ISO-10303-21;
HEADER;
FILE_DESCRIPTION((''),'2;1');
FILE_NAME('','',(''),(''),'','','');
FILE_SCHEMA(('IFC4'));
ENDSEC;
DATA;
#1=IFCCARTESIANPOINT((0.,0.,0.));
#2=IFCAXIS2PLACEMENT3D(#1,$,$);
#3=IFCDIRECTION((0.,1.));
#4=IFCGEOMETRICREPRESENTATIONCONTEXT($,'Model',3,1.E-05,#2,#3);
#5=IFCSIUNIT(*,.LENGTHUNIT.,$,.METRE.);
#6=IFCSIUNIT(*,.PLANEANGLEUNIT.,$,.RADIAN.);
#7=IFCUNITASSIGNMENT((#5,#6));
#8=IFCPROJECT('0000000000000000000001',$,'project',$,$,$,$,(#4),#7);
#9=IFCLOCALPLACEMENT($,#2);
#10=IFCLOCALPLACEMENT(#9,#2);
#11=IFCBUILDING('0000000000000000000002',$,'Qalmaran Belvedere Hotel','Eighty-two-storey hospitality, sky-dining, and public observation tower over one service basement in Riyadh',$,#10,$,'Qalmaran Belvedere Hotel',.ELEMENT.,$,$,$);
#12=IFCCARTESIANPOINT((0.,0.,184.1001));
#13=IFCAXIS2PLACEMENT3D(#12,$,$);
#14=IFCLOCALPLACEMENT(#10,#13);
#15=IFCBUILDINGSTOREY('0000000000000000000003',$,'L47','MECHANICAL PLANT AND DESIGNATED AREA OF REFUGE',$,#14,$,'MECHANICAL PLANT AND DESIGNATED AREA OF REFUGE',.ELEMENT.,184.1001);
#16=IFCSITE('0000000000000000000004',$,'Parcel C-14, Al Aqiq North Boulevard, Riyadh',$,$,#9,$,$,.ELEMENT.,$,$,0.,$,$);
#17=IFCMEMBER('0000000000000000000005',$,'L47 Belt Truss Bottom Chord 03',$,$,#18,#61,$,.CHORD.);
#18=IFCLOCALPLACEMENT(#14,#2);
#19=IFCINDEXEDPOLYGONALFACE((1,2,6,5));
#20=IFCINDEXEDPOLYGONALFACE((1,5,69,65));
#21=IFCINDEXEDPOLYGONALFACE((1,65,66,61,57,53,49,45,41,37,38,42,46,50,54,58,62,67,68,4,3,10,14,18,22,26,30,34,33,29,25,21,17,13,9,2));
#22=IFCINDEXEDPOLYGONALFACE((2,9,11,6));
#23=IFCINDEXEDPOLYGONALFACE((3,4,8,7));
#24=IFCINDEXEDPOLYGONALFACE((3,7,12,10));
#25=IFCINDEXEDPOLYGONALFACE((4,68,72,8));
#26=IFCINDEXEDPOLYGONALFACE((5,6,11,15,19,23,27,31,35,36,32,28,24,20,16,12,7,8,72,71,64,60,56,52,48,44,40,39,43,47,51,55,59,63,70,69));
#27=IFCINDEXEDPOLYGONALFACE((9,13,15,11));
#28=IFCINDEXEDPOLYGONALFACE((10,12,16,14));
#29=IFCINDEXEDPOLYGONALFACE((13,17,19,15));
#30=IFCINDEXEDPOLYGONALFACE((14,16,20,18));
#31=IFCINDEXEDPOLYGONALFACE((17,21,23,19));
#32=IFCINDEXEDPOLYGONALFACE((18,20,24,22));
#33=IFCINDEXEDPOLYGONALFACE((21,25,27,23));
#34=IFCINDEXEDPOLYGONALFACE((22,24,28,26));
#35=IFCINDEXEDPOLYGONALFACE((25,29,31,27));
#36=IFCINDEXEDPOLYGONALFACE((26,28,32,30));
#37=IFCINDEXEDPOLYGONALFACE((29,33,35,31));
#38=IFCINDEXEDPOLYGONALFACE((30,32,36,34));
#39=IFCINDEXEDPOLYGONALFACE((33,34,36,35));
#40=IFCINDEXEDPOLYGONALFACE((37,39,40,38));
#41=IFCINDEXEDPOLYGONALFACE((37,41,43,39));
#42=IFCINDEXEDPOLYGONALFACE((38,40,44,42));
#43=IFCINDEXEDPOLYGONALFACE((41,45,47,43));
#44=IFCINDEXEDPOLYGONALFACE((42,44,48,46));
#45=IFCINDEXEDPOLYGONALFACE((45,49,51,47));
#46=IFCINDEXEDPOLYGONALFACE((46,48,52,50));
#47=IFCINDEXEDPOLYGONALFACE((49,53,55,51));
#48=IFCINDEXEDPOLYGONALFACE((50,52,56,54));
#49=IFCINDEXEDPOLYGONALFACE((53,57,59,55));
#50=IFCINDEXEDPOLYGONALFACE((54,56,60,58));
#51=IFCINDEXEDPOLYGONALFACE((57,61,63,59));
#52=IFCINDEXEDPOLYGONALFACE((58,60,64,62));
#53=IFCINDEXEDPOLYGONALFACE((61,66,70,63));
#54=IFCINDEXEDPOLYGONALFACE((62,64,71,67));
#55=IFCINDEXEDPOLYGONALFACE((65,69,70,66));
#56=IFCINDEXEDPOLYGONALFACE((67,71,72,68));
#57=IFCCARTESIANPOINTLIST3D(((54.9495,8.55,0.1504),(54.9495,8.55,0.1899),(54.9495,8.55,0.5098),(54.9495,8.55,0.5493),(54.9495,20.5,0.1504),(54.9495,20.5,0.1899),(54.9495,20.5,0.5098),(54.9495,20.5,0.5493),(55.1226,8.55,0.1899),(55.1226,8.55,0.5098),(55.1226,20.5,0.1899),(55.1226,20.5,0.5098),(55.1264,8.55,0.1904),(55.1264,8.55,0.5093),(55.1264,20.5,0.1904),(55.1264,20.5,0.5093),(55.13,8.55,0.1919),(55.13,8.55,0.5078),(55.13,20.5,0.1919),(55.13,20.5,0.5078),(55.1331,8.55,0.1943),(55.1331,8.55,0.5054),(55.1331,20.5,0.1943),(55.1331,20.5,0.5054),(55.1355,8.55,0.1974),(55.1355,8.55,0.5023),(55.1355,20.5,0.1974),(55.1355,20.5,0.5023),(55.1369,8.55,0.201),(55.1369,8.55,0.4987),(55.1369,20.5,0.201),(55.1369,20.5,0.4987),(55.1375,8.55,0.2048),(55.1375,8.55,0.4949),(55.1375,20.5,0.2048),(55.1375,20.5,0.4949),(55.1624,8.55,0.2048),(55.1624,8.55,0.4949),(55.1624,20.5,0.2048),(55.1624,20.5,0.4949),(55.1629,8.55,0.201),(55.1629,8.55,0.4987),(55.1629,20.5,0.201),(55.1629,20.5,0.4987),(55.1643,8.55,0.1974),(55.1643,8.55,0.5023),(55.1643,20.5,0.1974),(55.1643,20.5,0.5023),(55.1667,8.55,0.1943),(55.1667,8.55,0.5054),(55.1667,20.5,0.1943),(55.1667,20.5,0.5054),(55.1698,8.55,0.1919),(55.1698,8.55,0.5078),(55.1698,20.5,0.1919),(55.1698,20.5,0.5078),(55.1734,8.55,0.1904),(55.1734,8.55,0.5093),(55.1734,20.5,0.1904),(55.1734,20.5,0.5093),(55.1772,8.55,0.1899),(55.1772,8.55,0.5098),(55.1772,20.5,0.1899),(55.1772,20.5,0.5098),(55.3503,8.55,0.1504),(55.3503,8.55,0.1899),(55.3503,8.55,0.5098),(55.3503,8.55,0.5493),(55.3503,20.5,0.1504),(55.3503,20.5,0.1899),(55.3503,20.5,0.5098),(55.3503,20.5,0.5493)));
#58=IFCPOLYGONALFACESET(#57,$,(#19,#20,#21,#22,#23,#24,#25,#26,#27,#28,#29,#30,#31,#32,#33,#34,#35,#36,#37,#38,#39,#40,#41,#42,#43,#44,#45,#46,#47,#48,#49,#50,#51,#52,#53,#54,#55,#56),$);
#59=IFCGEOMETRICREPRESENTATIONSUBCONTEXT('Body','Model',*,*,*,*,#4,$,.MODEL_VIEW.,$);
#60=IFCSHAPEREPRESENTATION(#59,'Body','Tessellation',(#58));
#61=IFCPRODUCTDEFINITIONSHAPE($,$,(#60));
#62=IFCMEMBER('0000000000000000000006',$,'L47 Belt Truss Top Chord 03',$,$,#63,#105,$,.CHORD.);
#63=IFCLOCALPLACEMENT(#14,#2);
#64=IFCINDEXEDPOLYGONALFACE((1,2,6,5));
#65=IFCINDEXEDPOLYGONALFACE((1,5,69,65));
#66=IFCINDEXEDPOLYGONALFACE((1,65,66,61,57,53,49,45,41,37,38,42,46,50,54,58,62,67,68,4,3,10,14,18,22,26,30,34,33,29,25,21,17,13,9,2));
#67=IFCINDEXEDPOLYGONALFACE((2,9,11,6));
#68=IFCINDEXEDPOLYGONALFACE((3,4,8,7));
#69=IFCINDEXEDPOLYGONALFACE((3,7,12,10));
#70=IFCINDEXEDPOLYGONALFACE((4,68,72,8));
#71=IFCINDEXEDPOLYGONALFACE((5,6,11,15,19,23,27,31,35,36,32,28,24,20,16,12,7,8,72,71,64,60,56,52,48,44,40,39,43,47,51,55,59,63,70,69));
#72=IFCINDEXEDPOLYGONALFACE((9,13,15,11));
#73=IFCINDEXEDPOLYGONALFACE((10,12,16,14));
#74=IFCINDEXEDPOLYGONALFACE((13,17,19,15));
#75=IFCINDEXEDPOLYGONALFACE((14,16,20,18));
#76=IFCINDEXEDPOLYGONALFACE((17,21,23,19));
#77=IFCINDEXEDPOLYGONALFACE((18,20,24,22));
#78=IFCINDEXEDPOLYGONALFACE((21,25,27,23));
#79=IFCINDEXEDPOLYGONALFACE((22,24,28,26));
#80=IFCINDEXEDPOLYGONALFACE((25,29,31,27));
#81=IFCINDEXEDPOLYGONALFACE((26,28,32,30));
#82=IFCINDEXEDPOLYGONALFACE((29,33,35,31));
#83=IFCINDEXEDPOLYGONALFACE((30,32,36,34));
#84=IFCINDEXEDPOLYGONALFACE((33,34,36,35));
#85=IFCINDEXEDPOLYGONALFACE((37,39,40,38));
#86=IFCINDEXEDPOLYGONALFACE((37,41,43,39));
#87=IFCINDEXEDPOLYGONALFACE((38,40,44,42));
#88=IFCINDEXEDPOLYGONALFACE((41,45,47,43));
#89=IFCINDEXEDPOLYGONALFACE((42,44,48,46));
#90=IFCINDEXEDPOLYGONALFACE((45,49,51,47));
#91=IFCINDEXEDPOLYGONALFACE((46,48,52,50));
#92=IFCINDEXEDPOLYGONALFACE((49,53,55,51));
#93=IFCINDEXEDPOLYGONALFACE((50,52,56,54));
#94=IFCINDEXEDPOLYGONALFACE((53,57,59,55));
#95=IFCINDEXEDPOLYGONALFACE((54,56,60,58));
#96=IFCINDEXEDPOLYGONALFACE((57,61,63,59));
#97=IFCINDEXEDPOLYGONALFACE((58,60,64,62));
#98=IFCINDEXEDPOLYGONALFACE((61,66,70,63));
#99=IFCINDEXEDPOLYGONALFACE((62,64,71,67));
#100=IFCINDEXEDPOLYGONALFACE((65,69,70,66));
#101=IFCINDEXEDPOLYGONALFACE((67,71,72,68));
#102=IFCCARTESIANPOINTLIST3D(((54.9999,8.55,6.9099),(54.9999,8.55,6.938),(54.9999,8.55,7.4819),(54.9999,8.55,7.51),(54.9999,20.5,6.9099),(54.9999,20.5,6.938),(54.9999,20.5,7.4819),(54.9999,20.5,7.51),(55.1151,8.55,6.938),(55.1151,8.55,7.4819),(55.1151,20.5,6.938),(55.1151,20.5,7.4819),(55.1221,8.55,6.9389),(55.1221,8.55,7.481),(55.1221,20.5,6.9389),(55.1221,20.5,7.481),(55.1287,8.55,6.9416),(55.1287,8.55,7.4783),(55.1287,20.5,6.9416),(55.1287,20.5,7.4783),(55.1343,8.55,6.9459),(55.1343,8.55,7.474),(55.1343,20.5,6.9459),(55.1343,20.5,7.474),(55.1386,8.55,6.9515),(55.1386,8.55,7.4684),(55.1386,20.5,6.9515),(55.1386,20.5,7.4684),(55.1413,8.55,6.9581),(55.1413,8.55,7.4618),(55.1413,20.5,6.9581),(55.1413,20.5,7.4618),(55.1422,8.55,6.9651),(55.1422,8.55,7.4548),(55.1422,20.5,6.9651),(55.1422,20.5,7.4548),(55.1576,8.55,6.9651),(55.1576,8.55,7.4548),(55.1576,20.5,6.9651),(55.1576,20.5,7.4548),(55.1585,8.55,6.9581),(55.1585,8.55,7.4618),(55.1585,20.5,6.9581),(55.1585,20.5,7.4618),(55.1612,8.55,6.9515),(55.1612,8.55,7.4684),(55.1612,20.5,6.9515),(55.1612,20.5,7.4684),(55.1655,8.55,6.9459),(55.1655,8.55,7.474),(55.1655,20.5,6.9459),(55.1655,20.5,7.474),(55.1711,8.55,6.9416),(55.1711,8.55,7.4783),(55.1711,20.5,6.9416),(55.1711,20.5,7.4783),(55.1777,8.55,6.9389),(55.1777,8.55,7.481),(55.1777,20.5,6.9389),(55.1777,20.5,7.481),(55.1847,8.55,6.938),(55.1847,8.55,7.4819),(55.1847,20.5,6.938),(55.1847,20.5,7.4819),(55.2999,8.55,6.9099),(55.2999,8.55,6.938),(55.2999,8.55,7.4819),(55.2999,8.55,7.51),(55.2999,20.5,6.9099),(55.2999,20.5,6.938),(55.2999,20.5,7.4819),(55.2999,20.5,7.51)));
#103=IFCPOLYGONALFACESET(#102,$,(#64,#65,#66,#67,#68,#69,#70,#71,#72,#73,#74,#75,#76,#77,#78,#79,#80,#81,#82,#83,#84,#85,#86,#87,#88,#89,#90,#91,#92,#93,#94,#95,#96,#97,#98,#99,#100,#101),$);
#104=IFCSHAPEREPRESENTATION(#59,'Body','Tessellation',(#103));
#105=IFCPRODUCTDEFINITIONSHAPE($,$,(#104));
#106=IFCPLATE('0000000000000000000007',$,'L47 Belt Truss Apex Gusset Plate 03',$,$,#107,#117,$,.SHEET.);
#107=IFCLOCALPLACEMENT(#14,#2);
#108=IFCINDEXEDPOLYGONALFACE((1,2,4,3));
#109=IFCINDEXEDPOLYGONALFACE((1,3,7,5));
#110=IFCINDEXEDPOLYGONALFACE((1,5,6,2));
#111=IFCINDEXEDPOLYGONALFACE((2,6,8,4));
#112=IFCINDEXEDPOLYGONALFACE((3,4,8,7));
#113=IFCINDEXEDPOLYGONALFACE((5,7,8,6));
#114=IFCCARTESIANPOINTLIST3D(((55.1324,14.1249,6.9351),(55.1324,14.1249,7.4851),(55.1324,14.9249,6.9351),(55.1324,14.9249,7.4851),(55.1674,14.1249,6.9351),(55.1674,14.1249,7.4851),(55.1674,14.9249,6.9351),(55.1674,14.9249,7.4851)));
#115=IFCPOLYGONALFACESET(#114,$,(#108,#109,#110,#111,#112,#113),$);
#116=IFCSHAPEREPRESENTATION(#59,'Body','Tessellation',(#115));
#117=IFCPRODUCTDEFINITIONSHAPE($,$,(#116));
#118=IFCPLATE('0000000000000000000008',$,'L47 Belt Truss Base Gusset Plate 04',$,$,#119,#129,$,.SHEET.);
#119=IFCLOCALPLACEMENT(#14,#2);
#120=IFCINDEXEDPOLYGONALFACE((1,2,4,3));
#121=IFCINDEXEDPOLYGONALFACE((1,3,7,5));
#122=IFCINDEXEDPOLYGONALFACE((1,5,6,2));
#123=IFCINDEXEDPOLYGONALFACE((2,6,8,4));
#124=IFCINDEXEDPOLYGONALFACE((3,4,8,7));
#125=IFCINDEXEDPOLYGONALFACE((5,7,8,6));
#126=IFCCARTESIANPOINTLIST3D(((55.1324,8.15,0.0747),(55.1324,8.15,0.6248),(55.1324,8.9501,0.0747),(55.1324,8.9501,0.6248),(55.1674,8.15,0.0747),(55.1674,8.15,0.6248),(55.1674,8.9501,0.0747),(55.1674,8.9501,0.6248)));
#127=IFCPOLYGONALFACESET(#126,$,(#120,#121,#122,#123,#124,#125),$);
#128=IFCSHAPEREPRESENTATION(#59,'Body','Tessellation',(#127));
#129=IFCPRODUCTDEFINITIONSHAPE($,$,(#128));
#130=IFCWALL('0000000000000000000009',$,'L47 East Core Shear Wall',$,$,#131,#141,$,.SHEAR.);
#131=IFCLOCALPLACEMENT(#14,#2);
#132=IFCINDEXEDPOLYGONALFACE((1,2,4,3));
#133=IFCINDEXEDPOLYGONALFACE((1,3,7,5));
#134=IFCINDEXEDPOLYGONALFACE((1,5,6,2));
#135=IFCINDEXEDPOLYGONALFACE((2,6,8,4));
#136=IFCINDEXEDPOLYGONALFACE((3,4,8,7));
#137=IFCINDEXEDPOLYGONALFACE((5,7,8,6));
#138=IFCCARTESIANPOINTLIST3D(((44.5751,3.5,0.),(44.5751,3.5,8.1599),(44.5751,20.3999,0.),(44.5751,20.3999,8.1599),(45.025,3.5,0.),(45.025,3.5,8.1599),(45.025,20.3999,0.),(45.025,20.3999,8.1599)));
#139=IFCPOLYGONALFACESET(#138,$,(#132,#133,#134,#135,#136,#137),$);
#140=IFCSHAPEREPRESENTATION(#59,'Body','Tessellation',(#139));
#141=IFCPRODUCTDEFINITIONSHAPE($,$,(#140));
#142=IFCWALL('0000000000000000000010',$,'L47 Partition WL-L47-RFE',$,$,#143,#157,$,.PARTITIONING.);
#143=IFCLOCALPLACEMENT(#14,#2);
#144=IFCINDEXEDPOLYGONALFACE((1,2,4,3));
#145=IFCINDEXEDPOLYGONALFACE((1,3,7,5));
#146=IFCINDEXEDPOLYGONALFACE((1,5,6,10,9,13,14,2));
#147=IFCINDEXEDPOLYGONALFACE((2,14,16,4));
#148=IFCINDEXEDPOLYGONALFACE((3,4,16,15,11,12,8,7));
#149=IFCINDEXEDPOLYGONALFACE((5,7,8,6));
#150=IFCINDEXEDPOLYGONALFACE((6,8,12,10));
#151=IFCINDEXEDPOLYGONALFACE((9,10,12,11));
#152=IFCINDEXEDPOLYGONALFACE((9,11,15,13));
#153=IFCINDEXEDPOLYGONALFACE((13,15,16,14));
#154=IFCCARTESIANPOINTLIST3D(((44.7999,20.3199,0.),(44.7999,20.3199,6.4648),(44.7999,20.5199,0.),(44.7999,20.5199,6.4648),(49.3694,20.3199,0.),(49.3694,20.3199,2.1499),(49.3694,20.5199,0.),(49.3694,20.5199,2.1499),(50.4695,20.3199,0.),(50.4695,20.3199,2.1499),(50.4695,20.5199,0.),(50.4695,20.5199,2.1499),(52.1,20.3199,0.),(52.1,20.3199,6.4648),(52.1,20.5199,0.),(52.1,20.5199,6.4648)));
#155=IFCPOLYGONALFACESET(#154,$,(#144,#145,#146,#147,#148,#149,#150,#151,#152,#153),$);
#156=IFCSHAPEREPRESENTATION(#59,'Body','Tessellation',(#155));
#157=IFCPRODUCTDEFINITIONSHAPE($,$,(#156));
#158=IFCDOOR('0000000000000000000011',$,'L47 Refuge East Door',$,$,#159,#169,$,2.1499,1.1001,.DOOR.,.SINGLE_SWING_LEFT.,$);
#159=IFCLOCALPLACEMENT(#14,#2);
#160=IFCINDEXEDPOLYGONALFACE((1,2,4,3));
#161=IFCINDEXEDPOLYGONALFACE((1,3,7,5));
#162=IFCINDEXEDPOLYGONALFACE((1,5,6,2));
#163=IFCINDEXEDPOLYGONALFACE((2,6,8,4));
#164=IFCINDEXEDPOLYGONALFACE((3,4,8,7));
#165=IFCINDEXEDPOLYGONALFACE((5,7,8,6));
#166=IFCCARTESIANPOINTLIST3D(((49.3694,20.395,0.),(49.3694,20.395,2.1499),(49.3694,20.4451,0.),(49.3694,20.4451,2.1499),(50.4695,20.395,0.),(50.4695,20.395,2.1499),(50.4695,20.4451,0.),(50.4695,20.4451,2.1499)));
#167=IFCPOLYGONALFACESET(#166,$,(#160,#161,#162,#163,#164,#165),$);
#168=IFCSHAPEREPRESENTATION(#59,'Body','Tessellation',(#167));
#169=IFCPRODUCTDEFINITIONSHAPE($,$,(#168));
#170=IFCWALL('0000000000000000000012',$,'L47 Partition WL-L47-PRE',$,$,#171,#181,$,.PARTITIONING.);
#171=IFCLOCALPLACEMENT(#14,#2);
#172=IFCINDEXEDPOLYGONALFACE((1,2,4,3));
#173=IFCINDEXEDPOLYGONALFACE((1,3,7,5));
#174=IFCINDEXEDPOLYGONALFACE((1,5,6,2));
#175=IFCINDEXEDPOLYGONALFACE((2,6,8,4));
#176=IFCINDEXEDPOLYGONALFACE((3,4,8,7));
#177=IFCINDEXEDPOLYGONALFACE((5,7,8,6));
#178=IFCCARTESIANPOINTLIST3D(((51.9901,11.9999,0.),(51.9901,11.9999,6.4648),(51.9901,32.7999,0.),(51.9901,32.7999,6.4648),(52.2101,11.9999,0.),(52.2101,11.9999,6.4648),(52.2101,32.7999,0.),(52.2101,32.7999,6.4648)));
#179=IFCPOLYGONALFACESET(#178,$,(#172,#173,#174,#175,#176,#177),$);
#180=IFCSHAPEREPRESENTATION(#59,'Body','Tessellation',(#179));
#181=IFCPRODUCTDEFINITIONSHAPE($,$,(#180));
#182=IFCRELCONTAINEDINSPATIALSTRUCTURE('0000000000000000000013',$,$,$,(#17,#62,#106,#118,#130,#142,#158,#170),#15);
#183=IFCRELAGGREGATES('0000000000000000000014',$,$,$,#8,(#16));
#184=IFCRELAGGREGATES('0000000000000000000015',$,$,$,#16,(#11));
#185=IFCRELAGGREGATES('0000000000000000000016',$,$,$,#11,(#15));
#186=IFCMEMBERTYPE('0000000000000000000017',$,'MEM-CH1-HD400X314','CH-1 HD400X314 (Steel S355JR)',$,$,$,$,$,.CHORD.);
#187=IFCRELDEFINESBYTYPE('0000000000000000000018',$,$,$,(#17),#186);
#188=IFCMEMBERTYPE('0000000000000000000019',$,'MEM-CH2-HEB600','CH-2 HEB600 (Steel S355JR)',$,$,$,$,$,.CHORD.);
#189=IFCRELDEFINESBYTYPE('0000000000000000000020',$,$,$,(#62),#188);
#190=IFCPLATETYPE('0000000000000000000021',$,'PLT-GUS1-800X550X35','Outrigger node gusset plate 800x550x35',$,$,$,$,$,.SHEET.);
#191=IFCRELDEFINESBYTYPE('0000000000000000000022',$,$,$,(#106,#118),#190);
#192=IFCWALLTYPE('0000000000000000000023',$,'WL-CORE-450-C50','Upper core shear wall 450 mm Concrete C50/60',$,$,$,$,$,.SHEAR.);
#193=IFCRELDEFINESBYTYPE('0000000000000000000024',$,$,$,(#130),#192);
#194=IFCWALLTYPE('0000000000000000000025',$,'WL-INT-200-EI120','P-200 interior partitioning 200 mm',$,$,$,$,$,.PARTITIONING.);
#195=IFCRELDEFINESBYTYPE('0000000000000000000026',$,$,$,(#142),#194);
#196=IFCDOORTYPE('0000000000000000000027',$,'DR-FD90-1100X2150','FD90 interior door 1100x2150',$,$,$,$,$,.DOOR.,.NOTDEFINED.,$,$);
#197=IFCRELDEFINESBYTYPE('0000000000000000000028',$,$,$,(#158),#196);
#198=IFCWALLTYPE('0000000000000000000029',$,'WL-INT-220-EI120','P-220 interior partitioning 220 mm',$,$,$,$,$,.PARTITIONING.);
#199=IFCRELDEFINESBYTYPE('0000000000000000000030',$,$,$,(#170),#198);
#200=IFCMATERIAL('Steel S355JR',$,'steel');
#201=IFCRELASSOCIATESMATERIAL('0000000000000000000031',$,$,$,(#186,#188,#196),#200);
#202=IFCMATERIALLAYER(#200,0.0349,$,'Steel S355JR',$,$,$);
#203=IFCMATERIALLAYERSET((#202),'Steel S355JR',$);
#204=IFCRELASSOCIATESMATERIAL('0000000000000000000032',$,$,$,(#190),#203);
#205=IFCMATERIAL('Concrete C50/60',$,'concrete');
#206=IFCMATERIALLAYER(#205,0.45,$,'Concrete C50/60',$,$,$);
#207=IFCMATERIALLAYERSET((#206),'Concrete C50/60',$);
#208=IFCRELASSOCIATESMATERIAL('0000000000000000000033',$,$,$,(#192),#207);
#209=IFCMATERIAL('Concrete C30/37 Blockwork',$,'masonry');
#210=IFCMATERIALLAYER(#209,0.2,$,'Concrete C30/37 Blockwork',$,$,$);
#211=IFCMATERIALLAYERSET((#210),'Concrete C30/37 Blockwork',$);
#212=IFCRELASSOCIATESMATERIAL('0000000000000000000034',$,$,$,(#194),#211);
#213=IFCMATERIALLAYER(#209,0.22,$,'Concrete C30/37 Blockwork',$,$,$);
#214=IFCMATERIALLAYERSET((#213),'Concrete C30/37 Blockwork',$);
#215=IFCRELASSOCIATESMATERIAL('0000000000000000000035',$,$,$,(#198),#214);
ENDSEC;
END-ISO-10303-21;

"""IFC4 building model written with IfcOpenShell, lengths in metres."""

from ifc_helpers import new_model, si_unit, direction, frame, frame_2d, origin, origin_2d, place, context, subcontext, project, spatial, rectangle, i_section, extrude, material, layer, layer_set, material_profile, profile_set, type_object, element, fill, save


model = new_model("IFC4")

# Units and contexts
model_context = context("Model", 3, precision=1e-05, world=origin(), true_north=direction((0.0, 1.0)))
body_context = subcontext(model_context, "Body", "Model", "MODEL_VIEW")
ifc_project = project(units=[si_unit("LENGTHUNIT", "METRE"), si_unit("PLANEANGLEUNIT", "RADIAN")], contexts=[model_context])

# Site, building, storey
site_placement = place(None, origin())
site = spatial("IfcSite", under=ifc_project, at=site_placement, Name="Parcel C-14, Al Aqiq North Boulevard, Riyadh", CompositionType="ELEMENT", RefElevation=0.0)
building_placement = place(site_placement, origin())
building = spatial("IfcBuilding", under=site, at=building_placement, Name="Qalmaran Belvedere Hotel", Description="Eighty-two-storey hospitality, sky-dining, and public observation tower over one service basement in Riyadh", LongName="Qalmaran Belvedere Hotel", CompositionType="ELEMENT")
storey_placement = place(building_placement, frame((0.0, 0.0, 184.1001)))
storey = spatial("IfcBuildingStorey", under=building, at=storey_placement, Name="L47", Description="MECHANICAL PLANT AND DESIGNATED AREA OF REFUGE", LongName="MECHANICAL PLANT AND DESIGNATED AREA OF REFUGE", CompositionType="ELEMENT", Elevation=184.1001)

# Shared definitions
ifc_material_1 = material(Name="Concrete C50/60", Category="concrete")

# Shared definitions
ifc_material_2 = material(Name="Steel S355JR", Category="steel")

# Members
ifc_material_profile_1 = material_profile(ifc_material_2, i_section(OverallWidth=0.4009, OverallDepth=0.3989, WebThickness=0.0249, FlangeThickness=0.0396, FilletRadius=0.0149, at=origin_2d()), Name="HD400X314")
ifc_profile_set_1 = profile_set([ifc_material_profile_1], Name="Steel S355JR")
member_type_1 = type_object("IfcMemberType", Name="MEM-CH1-HD400X314", Description="CH-1 HD400X314 (Steel S355JR)", PredefinedType="CHORD", material=ifc_profile_set_1)
member_1_placement = place(storey_placement, frame((55.1499, 8.55, 0.3499), z_axis=(0.0, 1.0, 0.0), x_axis=(-1.0, 0.0, 0.0)))
element("IfcMember", 1, at=member_1_placement, inside=storey, type_object=member_type_1, Name="L47 Belt Truss Bottom Chord 03", PredefinedType="CHORD", context=body_context, shape_type="SweptSolid", body=[
    extrude(i_section(OverallWidth=0.4009, OverallDepth=0.3989, WebThickness=0.0249, FlangeThickness=0.0396, FilletRadius=0.0149, at=origin_2d()), origin(), (0.0, 0.0, 1.0), 11.95),
])
ifc_material_profile_2 = material_profile(ifc_material_2, i_section(OverallWidth=0.3, OverallDepth=0.6001, WebThickness=0.0154, FlangeThickness=0.0281, FilletRadius=0.0271, at=origin_2d()), Name="HEB600")
ifc_profile_set_2 = profile_set([ifc_material_profile_2], Name="Steel S355JR")
member_type_2 = type_object("IfcMemberType", Name="MEM-CH2-HEB600", Description="CH-2 HEB600 (Steel S355JR)", PredefinedType="CHORD", material=ifc_profile_set_2)
member_2_placement = place(storey_placement, frame((55.1499, 8.55, 7.21), z_axis=(0.0, 1.0, 0.0), x_axis=(-1.0, 0.0, 0.0)))
element("IfcMember", 2, at=member_2_placement, inside=storey, type_object=member_type_2, Name="L47 Belt Truss Top Chord 03", PredefinedType="CHORD", context=body_context, shape_type="SweptSolid", body=[
    extrude(i_section(OverallWidth=0.3, OverallDepth=0.6001, WebThickness=0.0154, FlangeThickness=0.0281, FilletRadius=0.0271, at=origin_2d()), origin(), (0.0, 0.0, 1.0), 11.95),
])

# Plates
ifc_layer_1 = layer(ifc_material_2, 0.0349, Name="Steel S355JR")
ifc_layer_set_1 = layer_set([ifc_layer_1], Name="Steel S355JR")
plate_type = type_object("IfcPlateType", Name="PLT-GUS1-800X550X35", Description="Outrigger node gusset plate 800x550x35", PredefinedType="SHEET", material=ifc_layer_set_1)
for number, where, z_axis, x_axis, name in (
    (3, (55.1499, 14.5249, 6.9351), (0.0, 0.0, 1.0), (0.0, 1.0, 0.0), "L47 Belt Truss Apex Gusset Plate 03"),
    (4, (55.1499, 8.55, 0.0747), (0.0, 0.0, 1.0), (0.0, 1.0, 0.0), "L47 Belt Truss Base Gusset Plate 04"),
):
    element("IfcPlate", number, at=place(storey_placement, frame(where, z_axis=z_axis, x_axis=x_axis)), inside=storey, type_object=plate_type, Name=name, PredefinedType="SHEET", context=body_context, shape_type="SweptSolid", body=[
        extrude(rectangle(XDim=0.8, YDim=0.0349, at=origin_2d()), origin(), (0.0, 0.0, 1.0), 0.55),
    ])

# Wall
ifc_layer_2 = layer(ifc_material_1, 0.45, Name="Concrete C50/60")
ifc_layer_set_2 = layer_set([ifc_layer_2], Name="Concrete C50/60")
wall_type_1 = type_object("IfcWallType", Name="WL-CORE-450-C50", Description="Upper core shear wall 450 mm Concrete C50/60", PredefinedType="SHEAR", material=ifc_layer_set_2)
wall_1_placement = place(storey_placement, frame((44.8, 3.5, 0.0), z_axis=(0.0, 0.0, 1.0), x_axis=(0.0, 1.0, 0.0)))
element("IfcWall", 5, at=wall_1_placement, inside=storey, type_object=wall_type_1, Name="L47 East Core Shear Wall", PredefinedType="SHEAR", context=body_context, shape_type="SweptSolid", body=[
    extrude(rectangle(XDim=16.8999, YDim=0.45, at=frame_2d((8.45, 0.0))), origin(), (0.0, 0.0, 1.0), 8.1599),
])

# Wall, opening, door
ifc_material_3 = material(Name="Concrete C30/37 Blockwork", Category="masonry")
ifc_layer_3 = layer(ifc_material_3, 0.2, Name="Concrete C30/37 Blockwork")
ifc_layer_set_3 = layer_set([ifc_layer_3], Name="Concrete C30/37 Blockwork")
wall_type_2 = type_object("IfcWallType", Name="WL-INT-200-EI120", Description="P-200 interior partitioning 200 mm", PredefinedType="PARTITIONING", material=ifc_layer_set_3)
wall_2_placement = place(storey_placement, frame((44.8, 20.4199, 0.0), z_axis=(0.0, 0.0, 1.0), x_axis=(1.0, 0.0, 0.0)))
wall_2 = element("IfcWall", 6, at=wall_2_placement, inside=storey, type_object=wall_type_2, Name="L47 Partition WL-L47-RFE", PredefinedType="PARTITIONING", context=body_context, shape_type="SweptSolid", body=[
    extrude(rectangle(XDim=7.3, YDim=0.2, at=frame_2d((3.6499, 0.0))), origin(), (0.0, 0.0, 1.0), 6.4648),
])
opening_placement = place(wall_2_placement, frame((5.6694, 0.0, 0.0), z_axis=(0.0, 0.0, 1.0), x_axis=(-1.0, 0.0, 0.0)))
opening = element("IfcOpeningElement", 7, at=opening_placement, cuts=wall_2, PredefinedType="OPENING", context=body_context, shape_type="SweptSolid", body=[
    extrude(rectangle(XDim=1.1001, YDim=2.1499, at=frame_2d((0.55, 1.075))), frame((0.0, 0.1099, 0.0), z_axis=(0.0, -1.0, 0.0), x_axis=(1.0, 0.0, 0.0)), (0.0, 0.0, 1.0), 0.22),
])
door_type = type_object("IfcDoorType", Name="DR-FD90-1100X2150", Description="FD90 interior door 1100x2150", OperationType="NOTDEFINED", PredefinedType="DOOR", material=ifc_material_2)
door_placement = place(opening_placement, origin())
door = element("IfcDoor", 8, at=door_placement, inside=storey, type_object=door_type, Name="L47 Refuge East Door", OperationType="SINGLE_SWING_LEFT", OverallHeight=2.1499, OverallWidth=1.1001, PredefinedType="DOOR", context=body_context, shape_type="SweptSolid", body=[
    extrude(rectangle(XDim=1.1001, YDim=2.1499, at=frame_2d((0.55, 1.075))), frame((0.0, 0.0249, 0.0), z_axis=(0.0, -1.0, 0.0), x_axis=(1.0, 0.0, 0.0)), (0.0, 0.0, 1.0), 0.05),
])
fill(opening, door)

# Wall
ifc_layer_4 = layer(ifc_material_3, 0.22, Name="Concrete C30/37 Blockwork")
ifc_layer_set_4 = layer_set([ifc_layer_4], Name="Concrete C30/37 Blockwork")
wall_type_3 = type_object("IfcWallType", Name="WL-INT-220-EI120", Description="P-220 interior partitioning 220 mm", PredefinedType="PARTITIONING", material=ifc_layer_set_4)
wall_3_placement = place(storey_placement, frame((52.1001, 12.0, 0.0), z_axis=(0.0, 0.0, 1.0), x_axis=(0.0, 1.0, 0.0)))
element("IfcWall", 9, at=wall_3_placement, inside=storey, type_object=wall_type_3, Name="L47 Partition WL-L47-PRE", PredefinedType="PARTITIONING", context=body_context, shape_type="SweptSolid", body=[
    extrude(rectangle(XDim=20.8, YDim=0.22, at=frame_2d((10.3999, 0.0))), origin(), (0.0, 0.0, 1.0), 6.4648),
])

save(model, "model.ifc")
